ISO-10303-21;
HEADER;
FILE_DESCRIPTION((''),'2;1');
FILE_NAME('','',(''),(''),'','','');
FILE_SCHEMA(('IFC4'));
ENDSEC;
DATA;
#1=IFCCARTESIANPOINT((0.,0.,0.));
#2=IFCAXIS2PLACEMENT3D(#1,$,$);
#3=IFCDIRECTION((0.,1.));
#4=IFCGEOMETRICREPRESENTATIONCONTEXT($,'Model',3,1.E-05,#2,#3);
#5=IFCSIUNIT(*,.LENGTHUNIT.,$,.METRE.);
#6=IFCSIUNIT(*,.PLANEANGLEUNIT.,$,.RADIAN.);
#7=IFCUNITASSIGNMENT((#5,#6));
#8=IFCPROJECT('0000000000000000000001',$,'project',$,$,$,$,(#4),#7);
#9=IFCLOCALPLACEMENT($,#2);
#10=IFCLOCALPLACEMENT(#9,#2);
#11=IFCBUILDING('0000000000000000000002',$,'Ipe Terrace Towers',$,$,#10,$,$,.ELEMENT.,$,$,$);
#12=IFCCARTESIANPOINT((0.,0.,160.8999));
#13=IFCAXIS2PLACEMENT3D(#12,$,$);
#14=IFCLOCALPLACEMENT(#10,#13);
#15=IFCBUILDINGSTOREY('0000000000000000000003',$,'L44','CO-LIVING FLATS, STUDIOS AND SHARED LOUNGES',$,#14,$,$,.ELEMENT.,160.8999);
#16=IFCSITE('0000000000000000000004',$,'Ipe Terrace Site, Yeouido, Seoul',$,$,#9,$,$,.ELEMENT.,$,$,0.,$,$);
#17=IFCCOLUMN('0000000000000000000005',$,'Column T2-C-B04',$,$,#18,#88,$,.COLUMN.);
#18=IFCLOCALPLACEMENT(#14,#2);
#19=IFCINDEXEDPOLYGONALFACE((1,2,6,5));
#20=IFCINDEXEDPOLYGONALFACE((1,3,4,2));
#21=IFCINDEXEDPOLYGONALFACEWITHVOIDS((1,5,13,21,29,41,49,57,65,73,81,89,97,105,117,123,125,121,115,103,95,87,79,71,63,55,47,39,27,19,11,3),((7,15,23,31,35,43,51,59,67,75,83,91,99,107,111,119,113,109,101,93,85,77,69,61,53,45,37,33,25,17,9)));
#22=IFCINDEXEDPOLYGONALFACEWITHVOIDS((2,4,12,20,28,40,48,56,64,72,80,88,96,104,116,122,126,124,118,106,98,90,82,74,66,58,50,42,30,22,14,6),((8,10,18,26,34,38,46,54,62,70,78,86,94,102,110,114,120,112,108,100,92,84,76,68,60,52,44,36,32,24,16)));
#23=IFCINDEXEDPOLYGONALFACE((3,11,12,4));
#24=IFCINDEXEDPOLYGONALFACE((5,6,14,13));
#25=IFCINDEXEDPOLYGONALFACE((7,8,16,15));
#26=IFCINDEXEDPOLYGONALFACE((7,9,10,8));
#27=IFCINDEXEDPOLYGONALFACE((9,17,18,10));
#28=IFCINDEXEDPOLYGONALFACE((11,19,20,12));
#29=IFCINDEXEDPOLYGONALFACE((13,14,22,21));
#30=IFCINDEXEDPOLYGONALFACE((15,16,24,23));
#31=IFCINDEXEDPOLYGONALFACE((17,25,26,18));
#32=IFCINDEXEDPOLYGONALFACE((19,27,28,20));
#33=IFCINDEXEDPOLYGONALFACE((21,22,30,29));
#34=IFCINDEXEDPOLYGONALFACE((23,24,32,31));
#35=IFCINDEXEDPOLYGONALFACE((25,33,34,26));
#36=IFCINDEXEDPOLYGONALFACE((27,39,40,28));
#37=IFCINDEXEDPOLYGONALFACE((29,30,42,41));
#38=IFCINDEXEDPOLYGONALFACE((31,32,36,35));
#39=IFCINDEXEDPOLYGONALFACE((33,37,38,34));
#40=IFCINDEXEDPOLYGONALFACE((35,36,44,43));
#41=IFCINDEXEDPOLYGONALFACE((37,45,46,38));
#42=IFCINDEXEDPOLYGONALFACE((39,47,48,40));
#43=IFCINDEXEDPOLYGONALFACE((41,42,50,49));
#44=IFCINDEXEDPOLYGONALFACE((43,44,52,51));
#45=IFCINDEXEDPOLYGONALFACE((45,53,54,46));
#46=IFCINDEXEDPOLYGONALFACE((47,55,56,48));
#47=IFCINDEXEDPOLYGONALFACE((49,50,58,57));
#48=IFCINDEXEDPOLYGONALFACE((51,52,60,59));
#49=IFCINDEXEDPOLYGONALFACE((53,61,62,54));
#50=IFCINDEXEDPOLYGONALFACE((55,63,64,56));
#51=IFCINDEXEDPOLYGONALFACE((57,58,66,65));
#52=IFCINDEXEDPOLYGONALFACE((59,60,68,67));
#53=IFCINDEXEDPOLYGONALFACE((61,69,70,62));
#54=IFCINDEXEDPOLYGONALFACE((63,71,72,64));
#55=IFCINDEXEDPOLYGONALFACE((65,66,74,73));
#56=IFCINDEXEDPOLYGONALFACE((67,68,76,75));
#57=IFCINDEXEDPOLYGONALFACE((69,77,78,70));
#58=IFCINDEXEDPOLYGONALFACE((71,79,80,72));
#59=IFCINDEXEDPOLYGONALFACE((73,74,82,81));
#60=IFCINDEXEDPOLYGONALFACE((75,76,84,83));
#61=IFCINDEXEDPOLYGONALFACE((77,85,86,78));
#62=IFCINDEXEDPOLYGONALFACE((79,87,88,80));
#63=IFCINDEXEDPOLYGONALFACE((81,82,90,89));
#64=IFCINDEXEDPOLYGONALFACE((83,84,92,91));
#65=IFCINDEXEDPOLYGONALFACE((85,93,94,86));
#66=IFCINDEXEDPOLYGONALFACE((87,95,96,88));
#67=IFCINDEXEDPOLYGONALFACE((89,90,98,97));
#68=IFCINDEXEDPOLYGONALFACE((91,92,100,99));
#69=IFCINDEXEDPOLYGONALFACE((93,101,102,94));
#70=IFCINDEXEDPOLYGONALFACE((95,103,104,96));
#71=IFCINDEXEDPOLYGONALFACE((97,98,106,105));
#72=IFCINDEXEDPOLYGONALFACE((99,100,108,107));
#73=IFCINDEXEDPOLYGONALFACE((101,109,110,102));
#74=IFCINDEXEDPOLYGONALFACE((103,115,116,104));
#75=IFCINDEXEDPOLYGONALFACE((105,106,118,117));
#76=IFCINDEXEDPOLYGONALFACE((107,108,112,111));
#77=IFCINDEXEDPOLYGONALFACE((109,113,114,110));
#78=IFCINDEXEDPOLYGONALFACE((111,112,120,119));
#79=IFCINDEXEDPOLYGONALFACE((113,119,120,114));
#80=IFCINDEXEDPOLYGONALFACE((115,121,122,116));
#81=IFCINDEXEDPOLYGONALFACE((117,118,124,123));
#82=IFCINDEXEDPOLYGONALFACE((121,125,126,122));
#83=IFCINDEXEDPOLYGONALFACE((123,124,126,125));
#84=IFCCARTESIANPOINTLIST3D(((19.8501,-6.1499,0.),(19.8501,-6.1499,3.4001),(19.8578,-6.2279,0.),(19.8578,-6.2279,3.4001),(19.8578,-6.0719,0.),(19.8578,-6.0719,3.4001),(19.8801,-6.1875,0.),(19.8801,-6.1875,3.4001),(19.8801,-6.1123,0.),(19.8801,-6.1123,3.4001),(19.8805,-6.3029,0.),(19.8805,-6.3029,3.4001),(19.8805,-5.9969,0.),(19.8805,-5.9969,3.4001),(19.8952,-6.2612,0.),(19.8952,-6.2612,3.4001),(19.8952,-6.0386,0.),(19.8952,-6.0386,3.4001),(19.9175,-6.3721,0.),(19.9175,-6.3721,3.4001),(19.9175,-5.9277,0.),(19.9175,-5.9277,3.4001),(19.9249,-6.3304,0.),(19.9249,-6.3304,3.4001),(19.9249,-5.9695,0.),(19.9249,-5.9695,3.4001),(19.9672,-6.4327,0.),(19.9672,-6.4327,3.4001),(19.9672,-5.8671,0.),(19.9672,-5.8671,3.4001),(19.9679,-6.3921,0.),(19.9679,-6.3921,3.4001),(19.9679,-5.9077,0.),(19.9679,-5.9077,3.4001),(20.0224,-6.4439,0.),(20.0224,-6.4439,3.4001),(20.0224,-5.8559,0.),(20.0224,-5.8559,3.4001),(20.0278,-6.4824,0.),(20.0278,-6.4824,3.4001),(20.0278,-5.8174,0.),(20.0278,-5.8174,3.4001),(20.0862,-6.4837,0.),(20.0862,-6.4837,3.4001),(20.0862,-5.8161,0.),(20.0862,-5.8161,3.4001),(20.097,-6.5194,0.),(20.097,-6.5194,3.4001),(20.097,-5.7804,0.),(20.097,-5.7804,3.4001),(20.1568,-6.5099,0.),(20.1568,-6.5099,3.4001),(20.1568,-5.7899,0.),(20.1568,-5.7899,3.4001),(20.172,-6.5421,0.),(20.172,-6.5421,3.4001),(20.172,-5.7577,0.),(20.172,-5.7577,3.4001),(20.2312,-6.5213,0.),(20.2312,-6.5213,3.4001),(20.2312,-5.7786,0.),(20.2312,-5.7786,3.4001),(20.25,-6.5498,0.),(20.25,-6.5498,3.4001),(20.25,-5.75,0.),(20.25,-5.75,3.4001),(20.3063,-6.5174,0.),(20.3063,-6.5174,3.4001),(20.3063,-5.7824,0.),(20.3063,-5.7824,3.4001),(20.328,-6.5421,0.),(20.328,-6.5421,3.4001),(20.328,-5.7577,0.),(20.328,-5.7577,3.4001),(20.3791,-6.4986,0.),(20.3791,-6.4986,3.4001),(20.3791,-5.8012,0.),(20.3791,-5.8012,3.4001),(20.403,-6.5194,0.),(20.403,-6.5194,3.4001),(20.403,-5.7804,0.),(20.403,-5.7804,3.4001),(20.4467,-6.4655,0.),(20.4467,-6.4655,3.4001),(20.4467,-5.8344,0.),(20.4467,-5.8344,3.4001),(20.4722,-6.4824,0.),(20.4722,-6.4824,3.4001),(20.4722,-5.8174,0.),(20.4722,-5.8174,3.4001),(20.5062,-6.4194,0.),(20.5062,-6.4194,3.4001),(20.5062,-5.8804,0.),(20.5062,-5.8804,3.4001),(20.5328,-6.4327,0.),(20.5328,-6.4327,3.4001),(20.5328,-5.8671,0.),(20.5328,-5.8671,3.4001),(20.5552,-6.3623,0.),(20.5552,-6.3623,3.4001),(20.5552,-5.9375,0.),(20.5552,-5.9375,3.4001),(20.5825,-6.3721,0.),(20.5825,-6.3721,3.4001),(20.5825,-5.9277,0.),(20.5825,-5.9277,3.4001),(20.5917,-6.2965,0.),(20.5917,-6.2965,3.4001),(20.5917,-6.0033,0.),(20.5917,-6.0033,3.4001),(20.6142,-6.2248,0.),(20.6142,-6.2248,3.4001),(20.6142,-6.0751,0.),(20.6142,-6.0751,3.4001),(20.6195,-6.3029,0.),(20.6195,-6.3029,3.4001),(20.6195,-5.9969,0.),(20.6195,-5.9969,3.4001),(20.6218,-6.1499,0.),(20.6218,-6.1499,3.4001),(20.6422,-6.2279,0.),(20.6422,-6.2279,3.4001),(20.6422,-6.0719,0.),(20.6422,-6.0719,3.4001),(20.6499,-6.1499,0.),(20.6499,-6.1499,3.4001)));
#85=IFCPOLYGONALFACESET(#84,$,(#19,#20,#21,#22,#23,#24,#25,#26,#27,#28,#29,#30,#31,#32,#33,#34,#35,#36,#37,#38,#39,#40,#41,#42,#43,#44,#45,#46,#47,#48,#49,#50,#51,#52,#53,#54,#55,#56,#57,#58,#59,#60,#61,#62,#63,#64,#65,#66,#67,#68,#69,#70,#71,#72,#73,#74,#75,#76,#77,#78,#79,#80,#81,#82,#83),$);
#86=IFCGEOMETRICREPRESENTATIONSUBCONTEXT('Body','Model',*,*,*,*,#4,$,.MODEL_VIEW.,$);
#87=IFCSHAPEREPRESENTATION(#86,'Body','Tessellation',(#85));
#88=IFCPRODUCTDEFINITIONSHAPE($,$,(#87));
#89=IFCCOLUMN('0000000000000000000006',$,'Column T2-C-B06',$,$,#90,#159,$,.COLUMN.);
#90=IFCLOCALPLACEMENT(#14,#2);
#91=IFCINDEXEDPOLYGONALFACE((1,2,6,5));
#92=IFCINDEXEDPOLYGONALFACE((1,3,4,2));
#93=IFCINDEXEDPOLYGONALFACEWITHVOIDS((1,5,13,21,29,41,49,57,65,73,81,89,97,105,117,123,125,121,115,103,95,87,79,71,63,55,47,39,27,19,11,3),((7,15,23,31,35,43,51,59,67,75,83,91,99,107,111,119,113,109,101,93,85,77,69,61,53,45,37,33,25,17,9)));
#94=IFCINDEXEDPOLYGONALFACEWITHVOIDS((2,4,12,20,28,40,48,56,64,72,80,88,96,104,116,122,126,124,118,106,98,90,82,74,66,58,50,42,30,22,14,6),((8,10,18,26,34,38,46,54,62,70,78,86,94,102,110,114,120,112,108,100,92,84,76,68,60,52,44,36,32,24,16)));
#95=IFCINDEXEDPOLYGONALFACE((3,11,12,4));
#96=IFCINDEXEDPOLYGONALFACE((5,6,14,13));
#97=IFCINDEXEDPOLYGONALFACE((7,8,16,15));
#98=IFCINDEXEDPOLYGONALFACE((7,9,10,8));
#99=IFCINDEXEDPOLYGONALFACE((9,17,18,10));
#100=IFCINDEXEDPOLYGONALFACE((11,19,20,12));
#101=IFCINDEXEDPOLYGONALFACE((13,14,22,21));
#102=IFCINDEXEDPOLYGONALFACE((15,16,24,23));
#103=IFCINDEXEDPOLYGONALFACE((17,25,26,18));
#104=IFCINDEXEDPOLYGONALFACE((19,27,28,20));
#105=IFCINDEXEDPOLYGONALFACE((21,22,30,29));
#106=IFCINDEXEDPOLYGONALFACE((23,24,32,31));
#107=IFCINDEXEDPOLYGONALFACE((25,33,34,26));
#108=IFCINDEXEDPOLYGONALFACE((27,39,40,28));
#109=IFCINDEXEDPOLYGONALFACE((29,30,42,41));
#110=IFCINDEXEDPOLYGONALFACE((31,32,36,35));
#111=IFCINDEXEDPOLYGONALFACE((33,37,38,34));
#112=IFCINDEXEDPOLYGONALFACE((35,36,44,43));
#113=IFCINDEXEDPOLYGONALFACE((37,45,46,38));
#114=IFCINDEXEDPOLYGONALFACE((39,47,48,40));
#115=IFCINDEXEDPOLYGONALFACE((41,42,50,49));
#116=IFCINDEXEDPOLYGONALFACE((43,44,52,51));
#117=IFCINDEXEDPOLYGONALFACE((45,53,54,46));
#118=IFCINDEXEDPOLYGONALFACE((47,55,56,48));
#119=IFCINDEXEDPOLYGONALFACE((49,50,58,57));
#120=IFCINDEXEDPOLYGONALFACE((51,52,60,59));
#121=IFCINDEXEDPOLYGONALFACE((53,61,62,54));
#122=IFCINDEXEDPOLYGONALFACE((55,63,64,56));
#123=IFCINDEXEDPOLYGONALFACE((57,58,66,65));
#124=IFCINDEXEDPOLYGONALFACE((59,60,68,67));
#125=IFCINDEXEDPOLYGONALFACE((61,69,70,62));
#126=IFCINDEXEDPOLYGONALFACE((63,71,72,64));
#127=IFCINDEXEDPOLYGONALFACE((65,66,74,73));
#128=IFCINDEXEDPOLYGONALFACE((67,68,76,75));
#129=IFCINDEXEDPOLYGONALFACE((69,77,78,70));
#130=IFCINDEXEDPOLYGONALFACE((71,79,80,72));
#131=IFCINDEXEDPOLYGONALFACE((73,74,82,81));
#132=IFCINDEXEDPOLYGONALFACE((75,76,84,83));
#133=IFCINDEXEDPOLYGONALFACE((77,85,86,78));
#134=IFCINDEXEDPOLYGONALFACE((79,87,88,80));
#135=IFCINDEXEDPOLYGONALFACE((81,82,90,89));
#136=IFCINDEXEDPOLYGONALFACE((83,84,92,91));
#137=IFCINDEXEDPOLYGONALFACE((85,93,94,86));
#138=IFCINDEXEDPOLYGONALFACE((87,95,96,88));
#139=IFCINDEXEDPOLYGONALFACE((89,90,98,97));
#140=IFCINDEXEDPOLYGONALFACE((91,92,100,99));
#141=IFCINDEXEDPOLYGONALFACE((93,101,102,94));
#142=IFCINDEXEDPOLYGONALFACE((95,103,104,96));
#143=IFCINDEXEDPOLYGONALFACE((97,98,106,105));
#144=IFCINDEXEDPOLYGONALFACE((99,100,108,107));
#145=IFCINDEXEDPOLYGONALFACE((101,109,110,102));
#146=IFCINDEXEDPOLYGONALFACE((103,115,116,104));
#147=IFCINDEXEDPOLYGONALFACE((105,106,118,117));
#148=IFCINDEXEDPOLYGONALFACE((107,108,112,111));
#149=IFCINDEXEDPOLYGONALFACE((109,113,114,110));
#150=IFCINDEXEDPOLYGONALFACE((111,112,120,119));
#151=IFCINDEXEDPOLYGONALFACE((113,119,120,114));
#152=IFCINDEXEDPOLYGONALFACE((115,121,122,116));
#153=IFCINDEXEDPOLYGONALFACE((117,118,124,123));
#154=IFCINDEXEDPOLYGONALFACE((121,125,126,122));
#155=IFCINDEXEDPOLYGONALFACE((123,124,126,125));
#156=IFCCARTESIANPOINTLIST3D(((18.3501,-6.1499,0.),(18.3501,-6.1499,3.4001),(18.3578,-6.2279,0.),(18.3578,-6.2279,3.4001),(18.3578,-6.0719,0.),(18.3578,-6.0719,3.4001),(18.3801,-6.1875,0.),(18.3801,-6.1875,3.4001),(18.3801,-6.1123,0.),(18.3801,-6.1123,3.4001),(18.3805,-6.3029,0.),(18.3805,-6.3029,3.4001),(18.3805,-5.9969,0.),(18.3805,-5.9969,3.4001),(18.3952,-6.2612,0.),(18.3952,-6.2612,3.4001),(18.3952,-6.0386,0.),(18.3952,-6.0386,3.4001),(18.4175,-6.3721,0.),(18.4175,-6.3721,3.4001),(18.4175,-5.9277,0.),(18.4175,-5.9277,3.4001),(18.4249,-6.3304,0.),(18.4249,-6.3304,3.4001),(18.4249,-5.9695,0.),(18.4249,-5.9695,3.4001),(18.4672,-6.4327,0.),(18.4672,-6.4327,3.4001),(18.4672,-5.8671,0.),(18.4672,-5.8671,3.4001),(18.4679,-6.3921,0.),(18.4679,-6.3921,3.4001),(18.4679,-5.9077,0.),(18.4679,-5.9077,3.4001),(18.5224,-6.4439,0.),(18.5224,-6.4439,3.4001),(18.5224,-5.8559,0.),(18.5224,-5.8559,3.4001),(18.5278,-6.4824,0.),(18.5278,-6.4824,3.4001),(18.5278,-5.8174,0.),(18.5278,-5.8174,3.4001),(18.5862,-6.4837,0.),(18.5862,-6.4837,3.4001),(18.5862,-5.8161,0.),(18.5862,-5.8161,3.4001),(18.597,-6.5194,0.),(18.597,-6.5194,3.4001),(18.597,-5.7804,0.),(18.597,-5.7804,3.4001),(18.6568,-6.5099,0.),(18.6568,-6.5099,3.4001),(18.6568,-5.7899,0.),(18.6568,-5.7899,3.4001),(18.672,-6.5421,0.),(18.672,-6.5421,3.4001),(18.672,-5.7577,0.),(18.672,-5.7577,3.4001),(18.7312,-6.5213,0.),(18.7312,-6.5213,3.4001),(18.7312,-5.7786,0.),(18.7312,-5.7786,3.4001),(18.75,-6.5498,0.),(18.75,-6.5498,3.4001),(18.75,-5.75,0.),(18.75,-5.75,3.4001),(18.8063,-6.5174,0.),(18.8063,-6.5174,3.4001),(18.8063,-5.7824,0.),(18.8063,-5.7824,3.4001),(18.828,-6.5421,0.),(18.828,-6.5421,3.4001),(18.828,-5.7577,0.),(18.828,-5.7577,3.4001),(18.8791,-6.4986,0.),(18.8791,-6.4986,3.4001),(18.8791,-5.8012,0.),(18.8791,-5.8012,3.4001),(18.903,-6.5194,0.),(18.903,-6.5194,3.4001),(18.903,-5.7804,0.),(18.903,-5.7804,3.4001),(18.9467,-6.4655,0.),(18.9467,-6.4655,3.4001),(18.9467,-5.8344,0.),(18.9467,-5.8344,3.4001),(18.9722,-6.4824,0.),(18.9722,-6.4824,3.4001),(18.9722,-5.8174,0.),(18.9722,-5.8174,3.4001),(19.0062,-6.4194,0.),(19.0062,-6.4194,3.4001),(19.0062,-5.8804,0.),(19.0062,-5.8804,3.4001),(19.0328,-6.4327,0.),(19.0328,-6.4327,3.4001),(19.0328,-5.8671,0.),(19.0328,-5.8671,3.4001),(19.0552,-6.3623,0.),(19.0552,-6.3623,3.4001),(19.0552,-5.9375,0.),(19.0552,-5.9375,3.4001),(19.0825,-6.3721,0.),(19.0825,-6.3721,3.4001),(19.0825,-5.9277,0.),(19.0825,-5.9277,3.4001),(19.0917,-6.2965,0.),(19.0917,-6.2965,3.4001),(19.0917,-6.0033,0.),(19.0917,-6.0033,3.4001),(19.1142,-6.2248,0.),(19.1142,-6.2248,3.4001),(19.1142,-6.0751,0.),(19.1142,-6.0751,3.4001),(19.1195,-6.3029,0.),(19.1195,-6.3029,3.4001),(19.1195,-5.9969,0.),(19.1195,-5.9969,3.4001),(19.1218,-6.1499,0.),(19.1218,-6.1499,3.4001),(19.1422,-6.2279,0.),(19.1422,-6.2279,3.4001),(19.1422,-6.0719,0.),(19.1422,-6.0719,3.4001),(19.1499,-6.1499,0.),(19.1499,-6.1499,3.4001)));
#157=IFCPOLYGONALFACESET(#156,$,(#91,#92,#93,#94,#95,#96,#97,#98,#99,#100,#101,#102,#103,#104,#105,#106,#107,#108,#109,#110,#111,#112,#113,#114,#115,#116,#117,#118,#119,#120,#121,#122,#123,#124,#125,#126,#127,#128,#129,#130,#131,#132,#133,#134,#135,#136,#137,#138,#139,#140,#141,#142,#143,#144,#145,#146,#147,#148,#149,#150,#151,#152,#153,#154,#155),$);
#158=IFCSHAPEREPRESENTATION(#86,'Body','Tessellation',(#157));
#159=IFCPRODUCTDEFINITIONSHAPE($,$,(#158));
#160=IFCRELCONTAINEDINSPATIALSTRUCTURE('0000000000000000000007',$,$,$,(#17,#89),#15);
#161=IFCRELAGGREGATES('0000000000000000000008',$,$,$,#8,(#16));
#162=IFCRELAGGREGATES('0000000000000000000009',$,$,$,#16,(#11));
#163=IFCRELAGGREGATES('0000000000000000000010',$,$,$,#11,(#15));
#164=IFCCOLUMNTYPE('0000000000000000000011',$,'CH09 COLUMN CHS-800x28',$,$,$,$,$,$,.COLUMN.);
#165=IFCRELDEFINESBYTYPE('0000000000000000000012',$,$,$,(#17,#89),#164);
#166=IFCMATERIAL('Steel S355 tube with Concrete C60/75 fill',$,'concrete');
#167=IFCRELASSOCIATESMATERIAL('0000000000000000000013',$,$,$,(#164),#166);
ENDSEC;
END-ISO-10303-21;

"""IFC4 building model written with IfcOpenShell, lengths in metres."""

from ifc_helpers import new_model, si_unit, direction, frame, origin, origin_2d, place, context, subcontext, project, spatial, hollow_circle, extrude, material, material_profile, profile_set, type_object, element, save


model = new_model("IFC4")

# Units and contexts
model_context = context("Model", 3, precision=1e-05, world=origin(), true_north=direction((0.0, 1.0)))
body_context = subcontext(model_context, "Body", "Model", "MODEL_VIEW")
ifc_project = project(units=[si_unit("LENGTHUNIT", "METRE"), si_unit("PLANEANGLEUNIT", "RADIAN")], contexts=[model_context])

# Site, building, storey
site_placement = place(None, origin())
site = spatial("IfcSite", under=ifc_project, at=site_placement, Name="Ipe Terrace Site, Yeouido, Seoul", CompositionType="ELEMENT", RefElevation=0.0)
building_placement = place(site_placement, origin())
building = spatial("IfcBuilding", under=site, at=building_placement, Name="Ipe Terrace Towers", CompositionType="ELEMENT")
storey_placement = place(building_placement, frame((0.0, 0.0, 160.8999)))
storey = spatial("IfcBuildingStorey", under=building, at=storey_placement, Name="L44", Description="CO-LIVING FLATS, STUDIOS AND SHARED LOUNGES", CompositionType="ELEMENT", Elevation=160.8999)

# Columns
ifc_material_1 = material(Name="Steel S355 tube with Concrete C60/75 fill", Category="concrete")
ifc_material_profile_1 = material_profile(ifc_material_1, hollow_circle(Radius=0.3999, WallThickness=0.0281, at=origin_2d()), Name="CHS-800x28")
ifc_profile_set_1 = profile_set([ifc_material_profile_1], Name="Steel S355 tube with Concrete C60/75 fill")
column_type = type_object("IfcColumnType", Name="CH09 COLUMN CHS-800x28", PredefinedType="COLUMN", material=ifc_profile_set_1)
for number, where, z_axis, x_axis, name in (
    (1, (20.25, -6.1499, 0.0), (0.0, 0.0, 1.0), (1.0, 0.0, 0.0), "Column T2-C-B04"),
    (2, (18.75, -6.1499, 0.0), (0.0, 0.0, 1.0), (1.0, 0.0, 0.0), "Column T2-C-B06"),
):
    element("IfcColumn", number, at=place(storey_placement, frame(where, z_axis=z_axis, x_axis=x_axis)), inside=storey, type_object=column_type, Name=name, PredefinedType="COLUMN", context=body_context, shape_type="SweptSolid", body=[
        extrude(hollow_circle(Radius=0.3999, WallThickness=0.0281, at=origin_2d()), origin(), (0.0, 0.0, 1.0), 3.4001),
    ])

save(model, "model.ifc")
